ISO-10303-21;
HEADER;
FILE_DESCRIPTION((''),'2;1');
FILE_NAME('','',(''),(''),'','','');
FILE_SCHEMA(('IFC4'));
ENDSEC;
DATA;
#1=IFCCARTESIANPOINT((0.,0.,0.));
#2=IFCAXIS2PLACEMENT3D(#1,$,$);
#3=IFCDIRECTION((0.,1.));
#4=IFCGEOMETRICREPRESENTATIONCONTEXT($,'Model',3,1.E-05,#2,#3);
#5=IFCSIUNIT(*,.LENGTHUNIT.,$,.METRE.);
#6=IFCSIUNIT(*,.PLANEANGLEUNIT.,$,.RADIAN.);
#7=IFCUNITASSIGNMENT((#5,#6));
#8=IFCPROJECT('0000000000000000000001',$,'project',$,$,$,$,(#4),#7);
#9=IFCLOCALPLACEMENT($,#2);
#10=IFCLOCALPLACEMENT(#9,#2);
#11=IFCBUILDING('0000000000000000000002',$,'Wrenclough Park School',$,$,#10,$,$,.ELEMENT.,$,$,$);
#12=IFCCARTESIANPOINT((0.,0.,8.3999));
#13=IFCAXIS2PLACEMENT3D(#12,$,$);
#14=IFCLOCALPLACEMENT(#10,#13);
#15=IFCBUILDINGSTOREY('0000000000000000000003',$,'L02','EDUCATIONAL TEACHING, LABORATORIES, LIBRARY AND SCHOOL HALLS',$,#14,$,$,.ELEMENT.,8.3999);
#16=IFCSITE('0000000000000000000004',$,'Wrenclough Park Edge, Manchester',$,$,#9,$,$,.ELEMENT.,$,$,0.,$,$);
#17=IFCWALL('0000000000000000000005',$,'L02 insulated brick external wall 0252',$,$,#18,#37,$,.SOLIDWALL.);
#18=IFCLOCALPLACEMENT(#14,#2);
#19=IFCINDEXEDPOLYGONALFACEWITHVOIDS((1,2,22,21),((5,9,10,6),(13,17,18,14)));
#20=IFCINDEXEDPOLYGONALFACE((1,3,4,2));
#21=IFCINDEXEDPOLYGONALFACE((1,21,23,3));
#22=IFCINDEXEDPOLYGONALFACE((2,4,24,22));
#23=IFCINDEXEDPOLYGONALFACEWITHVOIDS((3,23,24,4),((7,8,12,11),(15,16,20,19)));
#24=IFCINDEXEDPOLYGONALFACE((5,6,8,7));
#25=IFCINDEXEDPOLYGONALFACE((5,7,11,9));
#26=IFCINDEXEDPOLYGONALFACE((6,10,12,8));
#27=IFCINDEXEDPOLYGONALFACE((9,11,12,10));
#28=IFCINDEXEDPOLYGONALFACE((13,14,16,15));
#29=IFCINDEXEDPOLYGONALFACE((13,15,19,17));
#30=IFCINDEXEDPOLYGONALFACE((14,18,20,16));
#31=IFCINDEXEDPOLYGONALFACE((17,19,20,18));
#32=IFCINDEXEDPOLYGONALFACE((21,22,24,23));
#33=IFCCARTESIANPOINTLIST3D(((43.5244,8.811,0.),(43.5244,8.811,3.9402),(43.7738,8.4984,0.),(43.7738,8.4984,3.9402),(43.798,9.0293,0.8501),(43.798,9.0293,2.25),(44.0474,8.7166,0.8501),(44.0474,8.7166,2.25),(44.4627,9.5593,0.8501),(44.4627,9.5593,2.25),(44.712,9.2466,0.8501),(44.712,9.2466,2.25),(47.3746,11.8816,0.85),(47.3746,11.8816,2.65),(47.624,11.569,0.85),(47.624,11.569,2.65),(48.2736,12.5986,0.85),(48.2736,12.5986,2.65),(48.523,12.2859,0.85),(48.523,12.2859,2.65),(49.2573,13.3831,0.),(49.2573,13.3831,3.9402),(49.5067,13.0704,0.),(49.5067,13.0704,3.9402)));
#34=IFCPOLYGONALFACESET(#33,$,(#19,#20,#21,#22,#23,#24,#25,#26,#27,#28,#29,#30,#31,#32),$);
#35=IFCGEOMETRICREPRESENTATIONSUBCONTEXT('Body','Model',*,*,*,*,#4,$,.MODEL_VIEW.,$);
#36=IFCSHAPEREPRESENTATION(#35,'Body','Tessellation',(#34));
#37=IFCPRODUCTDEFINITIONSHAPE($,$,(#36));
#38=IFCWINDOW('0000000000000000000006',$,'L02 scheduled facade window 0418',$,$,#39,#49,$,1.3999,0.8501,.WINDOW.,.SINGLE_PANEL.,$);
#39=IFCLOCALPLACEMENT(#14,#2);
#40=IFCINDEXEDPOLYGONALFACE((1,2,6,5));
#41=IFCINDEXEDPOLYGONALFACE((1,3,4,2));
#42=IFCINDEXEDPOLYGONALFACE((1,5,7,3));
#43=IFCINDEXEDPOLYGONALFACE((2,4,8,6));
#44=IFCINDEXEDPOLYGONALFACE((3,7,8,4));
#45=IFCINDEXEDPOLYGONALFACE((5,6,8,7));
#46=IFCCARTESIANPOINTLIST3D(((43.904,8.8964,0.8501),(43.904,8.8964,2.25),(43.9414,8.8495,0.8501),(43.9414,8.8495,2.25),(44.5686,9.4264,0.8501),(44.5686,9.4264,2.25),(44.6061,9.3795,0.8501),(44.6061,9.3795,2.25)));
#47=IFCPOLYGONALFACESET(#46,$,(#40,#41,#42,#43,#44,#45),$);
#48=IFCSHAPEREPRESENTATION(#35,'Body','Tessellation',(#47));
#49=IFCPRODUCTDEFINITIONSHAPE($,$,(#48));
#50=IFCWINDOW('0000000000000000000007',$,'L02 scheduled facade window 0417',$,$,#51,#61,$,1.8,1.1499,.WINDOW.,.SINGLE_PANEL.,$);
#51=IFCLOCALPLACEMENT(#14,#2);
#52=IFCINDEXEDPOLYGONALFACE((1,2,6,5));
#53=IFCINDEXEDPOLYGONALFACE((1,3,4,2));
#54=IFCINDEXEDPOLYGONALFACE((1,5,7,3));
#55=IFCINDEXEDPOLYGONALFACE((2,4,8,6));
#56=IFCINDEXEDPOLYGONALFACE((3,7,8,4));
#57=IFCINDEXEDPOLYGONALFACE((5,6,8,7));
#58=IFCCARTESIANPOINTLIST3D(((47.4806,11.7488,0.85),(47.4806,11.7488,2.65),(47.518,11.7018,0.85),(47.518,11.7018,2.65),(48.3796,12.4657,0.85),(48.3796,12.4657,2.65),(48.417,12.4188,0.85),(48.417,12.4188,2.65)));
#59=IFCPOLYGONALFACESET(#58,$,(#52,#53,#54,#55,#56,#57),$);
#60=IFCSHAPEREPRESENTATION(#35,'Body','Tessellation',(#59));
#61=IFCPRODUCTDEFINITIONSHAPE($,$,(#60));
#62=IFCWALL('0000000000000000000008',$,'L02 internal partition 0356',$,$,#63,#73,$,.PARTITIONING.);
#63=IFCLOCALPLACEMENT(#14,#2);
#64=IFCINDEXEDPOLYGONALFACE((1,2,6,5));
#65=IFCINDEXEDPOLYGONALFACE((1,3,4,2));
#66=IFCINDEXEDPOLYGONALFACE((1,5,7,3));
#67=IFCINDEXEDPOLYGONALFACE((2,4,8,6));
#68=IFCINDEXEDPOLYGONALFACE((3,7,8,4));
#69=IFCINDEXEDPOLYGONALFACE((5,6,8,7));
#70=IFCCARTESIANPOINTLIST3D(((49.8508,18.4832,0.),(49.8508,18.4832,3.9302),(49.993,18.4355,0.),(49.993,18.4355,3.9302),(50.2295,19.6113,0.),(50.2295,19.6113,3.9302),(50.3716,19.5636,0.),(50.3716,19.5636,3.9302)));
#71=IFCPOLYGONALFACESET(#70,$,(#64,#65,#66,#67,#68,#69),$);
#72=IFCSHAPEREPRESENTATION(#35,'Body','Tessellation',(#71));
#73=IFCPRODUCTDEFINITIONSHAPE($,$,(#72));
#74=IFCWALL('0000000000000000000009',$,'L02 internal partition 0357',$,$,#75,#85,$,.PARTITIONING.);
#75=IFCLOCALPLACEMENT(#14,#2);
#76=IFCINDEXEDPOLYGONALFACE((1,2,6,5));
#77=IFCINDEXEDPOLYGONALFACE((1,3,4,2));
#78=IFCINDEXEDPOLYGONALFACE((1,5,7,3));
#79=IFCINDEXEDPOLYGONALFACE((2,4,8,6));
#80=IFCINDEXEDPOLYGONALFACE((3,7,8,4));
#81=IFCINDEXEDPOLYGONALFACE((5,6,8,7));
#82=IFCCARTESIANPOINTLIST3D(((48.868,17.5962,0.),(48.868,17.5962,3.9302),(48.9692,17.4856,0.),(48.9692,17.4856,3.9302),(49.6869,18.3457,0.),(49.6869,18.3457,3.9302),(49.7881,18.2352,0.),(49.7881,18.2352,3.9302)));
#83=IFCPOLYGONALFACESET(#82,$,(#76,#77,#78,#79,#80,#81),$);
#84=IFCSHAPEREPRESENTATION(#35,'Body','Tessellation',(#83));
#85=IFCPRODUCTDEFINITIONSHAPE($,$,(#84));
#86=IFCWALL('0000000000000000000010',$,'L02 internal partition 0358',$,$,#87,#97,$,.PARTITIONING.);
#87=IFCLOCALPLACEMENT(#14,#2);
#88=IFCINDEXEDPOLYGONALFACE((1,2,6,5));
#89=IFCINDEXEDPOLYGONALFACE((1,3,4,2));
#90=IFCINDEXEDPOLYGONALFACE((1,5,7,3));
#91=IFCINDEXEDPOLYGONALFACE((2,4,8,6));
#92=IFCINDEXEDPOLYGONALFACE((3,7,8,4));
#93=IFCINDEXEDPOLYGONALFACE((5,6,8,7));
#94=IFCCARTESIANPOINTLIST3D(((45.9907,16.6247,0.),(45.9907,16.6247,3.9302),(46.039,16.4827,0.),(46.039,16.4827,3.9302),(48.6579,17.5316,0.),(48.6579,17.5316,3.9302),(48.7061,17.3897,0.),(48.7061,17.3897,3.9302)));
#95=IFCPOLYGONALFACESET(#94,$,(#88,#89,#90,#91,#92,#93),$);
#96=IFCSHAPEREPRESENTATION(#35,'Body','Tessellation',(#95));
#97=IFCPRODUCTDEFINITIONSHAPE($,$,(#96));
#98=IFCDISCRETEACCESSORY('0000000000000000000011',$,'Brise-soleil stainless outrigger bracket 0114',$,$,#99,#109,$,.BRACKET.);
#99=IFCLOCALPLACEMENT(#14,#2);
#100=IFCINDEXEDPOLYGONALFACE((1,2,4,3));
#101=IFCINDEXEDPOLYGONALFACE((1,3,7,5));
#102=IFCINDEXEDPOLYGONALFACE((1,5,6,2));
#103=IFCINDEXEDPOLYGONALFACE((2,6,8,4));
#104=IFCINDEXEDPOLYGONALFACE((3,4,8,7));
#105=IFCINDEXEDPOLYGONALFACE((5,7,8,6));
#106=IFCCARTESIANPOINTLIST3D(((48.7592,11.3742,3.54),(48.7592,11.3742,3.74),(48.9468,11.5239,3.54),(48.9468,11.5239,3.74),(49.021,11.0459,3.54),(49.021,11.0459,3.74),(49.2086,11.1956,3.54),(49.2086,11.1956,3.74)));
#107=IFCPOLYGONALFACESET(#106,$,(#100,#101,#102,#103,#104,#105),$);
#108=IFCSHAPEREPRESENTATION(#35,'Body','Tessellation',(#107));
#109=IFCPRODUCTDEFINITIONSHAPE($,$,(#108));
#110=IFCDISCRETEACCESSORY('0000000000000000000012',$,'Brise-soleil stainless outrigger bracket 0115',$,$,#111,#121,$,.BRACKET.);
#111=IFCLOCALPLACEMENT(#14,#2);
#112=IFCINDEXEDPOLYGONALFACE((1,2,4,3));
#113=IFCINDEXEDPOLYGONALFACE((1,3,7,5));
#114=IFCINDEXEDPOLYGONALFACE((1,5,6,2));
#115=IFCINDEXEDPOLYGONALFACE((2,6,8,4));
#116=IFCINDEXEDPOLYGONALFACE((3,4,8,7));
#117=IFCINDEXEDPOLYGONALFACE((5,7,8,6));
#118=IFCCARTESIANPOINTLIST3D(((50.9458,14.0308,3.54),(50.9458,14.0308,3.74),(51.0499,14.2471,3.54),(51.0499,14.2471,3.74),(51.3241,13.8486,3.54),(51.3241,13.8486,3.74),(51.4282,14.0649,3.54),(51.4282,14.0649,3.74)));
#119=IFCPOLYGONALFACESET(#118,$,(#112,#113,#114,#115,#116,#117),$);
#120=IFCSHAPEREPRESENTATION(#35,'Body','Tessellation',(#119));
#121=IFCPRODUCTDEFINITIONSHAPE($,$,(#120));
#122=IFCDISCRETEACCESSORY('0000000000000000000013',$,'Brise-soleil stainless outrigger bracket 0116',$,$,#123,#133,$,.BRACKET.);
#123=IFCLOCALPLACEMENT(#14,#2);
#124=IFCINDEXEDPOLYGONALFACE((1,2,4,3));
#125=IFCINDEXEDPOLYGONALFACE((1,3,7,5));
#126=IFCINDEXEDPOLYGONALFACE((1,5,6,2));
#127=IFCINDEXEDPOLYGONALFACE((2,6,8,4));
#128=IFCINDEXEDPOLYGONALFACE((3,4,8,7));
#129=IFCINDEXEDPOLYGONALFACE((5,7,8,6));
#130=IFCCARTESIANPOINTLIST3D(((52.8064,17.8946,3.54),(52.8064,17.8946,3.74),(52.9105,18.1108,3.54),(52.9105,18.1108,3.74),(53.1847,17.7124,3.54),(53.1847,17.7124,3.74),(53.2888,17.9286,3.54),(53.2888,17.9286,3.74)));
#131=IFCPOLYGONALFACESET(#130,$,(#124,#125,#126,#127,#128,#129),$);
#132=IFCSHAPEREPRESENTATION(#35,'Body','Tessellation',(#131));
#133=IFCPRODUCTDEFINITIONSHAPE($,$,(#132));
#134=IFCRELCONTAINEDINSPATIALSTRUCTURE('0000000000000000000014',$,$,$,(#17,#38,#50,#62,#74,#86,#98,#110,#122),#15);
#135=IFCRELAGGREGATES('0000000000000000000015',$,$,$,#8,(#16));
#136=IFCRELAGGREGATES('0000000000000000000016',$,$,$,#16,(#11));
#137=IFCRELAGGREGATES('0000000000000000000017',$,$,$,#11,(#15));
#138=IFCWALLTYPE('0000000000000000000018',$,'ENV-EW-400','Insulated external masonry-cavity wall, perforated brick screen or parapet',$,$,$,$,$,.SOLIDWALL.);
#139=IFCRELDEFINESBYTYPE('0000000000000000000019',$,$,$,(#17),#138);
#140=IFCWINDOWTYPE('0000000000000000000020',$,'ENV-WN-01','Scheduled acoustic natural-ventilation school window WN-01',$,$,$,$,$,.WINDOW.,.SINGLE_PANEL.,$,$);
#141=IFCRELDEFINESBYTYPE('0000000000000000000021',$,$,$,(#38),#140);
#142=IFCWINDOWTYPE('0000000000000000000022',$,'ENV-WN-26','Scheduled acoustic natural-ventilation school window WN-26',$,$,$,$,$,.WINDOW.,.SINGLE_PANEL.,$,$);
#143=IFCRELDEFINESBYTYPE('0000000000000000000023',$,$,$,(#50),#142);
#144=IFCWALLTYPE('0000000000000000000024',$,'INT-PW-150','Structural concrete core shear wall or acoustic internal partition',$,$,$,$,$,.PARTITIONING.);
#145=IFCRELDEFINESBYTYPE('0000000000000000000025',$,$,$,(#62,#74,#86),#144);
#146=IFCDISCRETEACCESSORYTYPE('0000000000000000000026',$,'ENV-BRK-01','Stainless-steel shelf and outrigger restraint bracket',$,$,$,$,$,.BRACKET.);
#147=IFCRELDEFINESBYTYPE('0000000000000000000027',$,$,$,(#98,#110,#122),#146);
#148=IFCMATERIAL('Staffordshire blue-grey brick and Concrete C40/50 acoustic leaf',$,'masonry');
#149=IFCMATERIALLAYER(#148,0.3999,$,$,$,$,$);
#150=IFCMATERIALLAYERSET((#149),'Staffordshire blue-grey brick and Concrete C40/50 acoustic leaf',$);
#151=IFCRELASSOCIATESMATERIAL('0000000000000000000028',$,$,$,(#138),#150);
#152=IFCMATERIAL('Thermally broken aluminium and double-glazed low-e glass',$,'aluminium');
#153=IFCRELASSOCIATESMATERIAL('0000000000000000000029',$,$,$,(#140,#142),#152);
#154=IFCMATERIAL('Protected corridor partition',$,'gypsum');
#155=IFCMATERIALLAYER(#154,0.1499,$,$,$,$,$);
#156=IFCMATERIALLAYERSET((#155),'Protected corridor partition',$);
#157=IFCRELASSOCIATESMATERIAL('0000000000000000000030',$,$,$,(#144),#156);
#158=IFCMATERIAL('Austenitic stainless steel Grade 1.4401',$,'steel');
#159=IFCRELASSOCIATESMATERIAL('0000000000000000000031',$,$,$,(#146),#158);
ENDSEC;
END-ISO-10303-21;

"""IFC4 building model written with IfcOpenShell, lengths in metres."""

from ifc_helpers import new_model, si_unit, direction, frame, frame_2d, origin, origin_2d, place, context, subcontext, project, spatial, rectangle, extrude, material, layer, layer_set, type_object, element, fill, save


model = new_model("IFC4")

# Units and contexts
model_context = context("Model", 3, precision=1e-05, world=origin(), true_north=direction((0.0, 1.0)))
body_context = subcontext(model_context, "Body", "Model", "MODEL_VIEW")
ifc_project = project(units=[si_unit("LENGTHUNIT", "METRE"), si_unit("PLANEANGLEUNIT", "RADIAN")], contexts=[model_context])

# Site, building, storey
site_placement = place(None, origin())
site = spatial("IfcSite", under=ifc_project, at=site_placement, Name="Wrenclough Park Edge, Manchester", CompositionType="ELEMENT", RefElevation=0.0)
building_placement = place(site_placement, origin())
building = spatial("IfcBuilding", under=site, at=building_placement, Name="Wrenclough Park School", CompositionType="ELEMENT")
storey_placement = place(building_placement, frame((0.0, 0.0, 8.3999)))
storey = spatial("IfcBuildingStorey", under=building, at=storey_placement, Name="L02", Description="EDUCATIONAL TEACHING, LABORATORIES, LIBRARY AND SCHOOL HALLS", CompositionType="ELEMENT", Elevation=8.3999)

# Wall, openings, windows
ifc_material_1 = material(Name="Staffordshire blue-grey brick and Concrete C40/50 acoustic leaf", Category="masonry")
ifc_layer_1 = layer(ifc_material_1, 0.3999)
ifc_layer_set_1 = layer_set([ifc_layer_1], Name="Staffordshire blue-grey brick and Concrete C40/50 acoustic leaf")
wall_type_1 = type_object("IfcWallType", Name="ENV-EW-400", Description="Insulated external masonry-cavity wall, perforated brick screen or parapet", PredefinedType="SOLIDWALL", material=ifc_layer_set_1)
wall_1_placement = place(storey_placement, frame((49.3821, 13.2268, 0.0), z_axis=(0.0, 0.0, 1.0), x_axis=(-0.78182, -0.623505, 0.0)))
wall_1 = element("IfcWall", 1, at=wall_1_placement, inside=storey, type_object=wall_type_1, Name="L02 insulated brick external wall 0252", PredefinedType="SOLIDWALL", context=body_context, shape_type="SweptSolid", body=[
    extrude(rectangle(XDim=7.3328, YDim=0.3999, at=frame_2d((3.6665, 0.0))), origin(), (0.0, 0.0, 1.0), 3.9402),
])
opening_1_placement = place(wall_1_placement, frame((1.2583, 0.0, 0.8501)))
opening_1 = element("IfcOpeningElement", 2, at=opening_1_placement, cuts=wall_1, PredefinedType="OPENING", context=body_context, shape_type="SweptSolid", body=[
    extrude(rectangle(XDim=1.1499, YDim=1.8, at=frame_2d((0.575, 0.8999))), frame((0.0, 0.21, 0.0), z_axis=(0.0, -1.0, 0.0), x_axis=(1.0, 0.0, 0.0)), (0.0, 0.0, 1.0), 0.4199),
])
opening_2_placement = place(wall_1_placement, frame((6.1328, 0.0, 0.8501)))
opening_2 = element("IfcOpeningElement", 3, at=opening_2_placement, cuts=wall_1, PredefinedType="OPENING", context=body_context, shape_type="SweptSolid", body=[
    extrude(rectangle(XDim=0.8501, YDim=1.3999, at=frame_2d((0.425, 0.7))), frame((0.0, 0.21, 0.0), z_axis=(0.0, -1.0, 0.0), x_axis=(1.0, 0.0, 0.0)), (0.0, 0.0, 1.0), 0.4199),
])
ifc_material_2 = material(Name="Thermally broken aluminium and double-glazed low-e glass", Category="aluminium")
window_type_1 = type_object("IfcWindowType", Name="ENV-WN-01", Description="Scheduled acoustic natural-ventilation school window WN-01", PartitioningType="SINGLE_PANEL", PredefinedType="WINDOW", material=ifc_material_2)
window_1_placement = place(opening_2_placement, origin())
window_1 = element("IfcWindow", 4, at=window_1_placement, inside=storey, type_object=window_type_1, Name="L02 scheduled facade window 0418", OverallHeight=1.3999, OverallWidth=0.8501, PartitioningType="SINGLE_PANEL", PredefinedType="WINDOW", context=body_context, shape_type="SweptSolid", body=[
    extrude(rectangle(XDim=0.8501, YDim=1.3999, at=frame_2d((0.425, 0.7))), frame((0.0, 0.03, 0.0), z_axis=(0.0, -1.0, 0.0), x_axis=(1.0, 0.0, 0.0)), (0.0, 0.0, 1.0), 0.0601),
])
fill(opening_2, window_1)
window_type_2 = type_object("IfcWindowType", Name="ENV-WN-26", Description="Scheduled acoustic natural-ventilation school window WN-26", PartitioningType="SINGLE_PANEL", PredefinedType="WINDOW", material=ifc_material_2)
window_2_placement = place(opening_1_placement, origin())
window_2 = element("IfcWindow", 5, at=window_2_placement, inside=storey, type_object=window_type_2, Name="L02 scheduled facade window 0417", OverallHeight=1.8, OverallWidth=1.1499, PartitioningType="SINGLE_PANEL", PredefinedType="WINDOW", context=body_context, shape_type="SweptSolid", body=[
    extrude(rectangle(XDim=1.1499, YDim=1.8, at=frame_2d((0.575, 0.8999))), frame((0.0, 0.03, 0.0), z_axis=(0.0, -1.0, 0.0), x_axis=(1.0, 0.0, 0.0)), (0.0, 0.0, 1.0), 0.0601),
])
fill(opening_1, window_2)

# Walls
ifc_material_3 = material(Name="Protected corridor partition", Category="gypsum")
ifc_layer_2 = layer(ifc_material_3, 0.1499)
ifc_layer_set_2 = layer_set([ifc_layer_2], Name="Protected corridor partition")
wall_type_2 = type_object("IfcWallType", Name="INT-PW-150", Description="Structural concrete core shear wall or acoustic internal partition", PredefinedType="PARTITIONING", material=ifc_layer_set_2)
wall_2_placement = place(storey_placement, frame((50.3005, 19.5874, 0.0), z_axis=(0.0, 0.0, 1.0), x_axis=(-0.318197, -0.948025, 0.0)))
element("IfcWall", 6, at=wall_2_placement, inside=storey, type_object=wall_type_2, Name="L02 internal partition 0356", PredefinedType="PARTITIONING", context=body_context, shape_type="SweptSolid", body=[
    extrude(rectangle(XDim=1.1899, YDim=0.1499, at=frame_2d((0.595, 0.0))), origin(), (0.0, 0.0, 1.0), 3.9302),
])
wall_3_placement = place(storey_placement, frame((49.7375, 18.2905, 0.0), z_axis=(0.0, 0.0, 1.0), x_axis=(-0.737647, -0.675187, 0.0)))
element("IfcWall", 7, at=wall_3_placement, inside=storey, type_object=wall_type_2, Name="L02 internal partition 0357", PredefinedType="PARTITIONING", context=body_context, shape_type="SweptSolid", body=[
    extrude(rectangle(XDim=1.1101, YDim=0.1499, at=frame_2d((0.5552, 0.0))), origin(), (0.0, 0.0, 1.0), 3.9302),
])
wall_4_placement = place(storey_placement, frame((48.6821, 17.4607, 0.0), z_axis=(0.0, 0.0, 1.0), x_axis=(-0.94676, -0.321942, 0.0)))
element("IfcWall", 8, at=wall_4_placement, inside=storey, type_object=wall_type_2, Name="L02 internal partition 0358", PredefinedType="PARTITIONING", context=body_context, shape_type="SweptSolid", body=[
    extrude(rectangle(XDim=2.8171, YDim=0.1499, at=frame_2d((1.4087, 0.0))), origin(), (0.0, 0.0, 1.0), 3.9302),
])

# Discrete accessories
ifc_material_4 = material(Name="Austenitic stainless steel Grade 1.4401", Category="steel")
discrete_accessory_type = type_object("IfcDiscreteAccessoryType", Name="ENV-BRK-01", Description="Stainless-steel shelf and outrigger restraint bracket", PredefinedType="BRACKET", material=ifc_material_4)
for number, where, z_axis, x_axis, name in (
    (9, (48.9839, 11.2849, 3.54), (0.0, 0.0, 1.0), (0.78183, 0.623492, 0.0), "Brise-soleil stainless outrigger bracket 0114"),
    (10, (51.187, 14.0479, 3.54), (0.0, 0.0, 1.0), (0.433872, 0.900974, 0.0), "Brise-soleil stainless outrigger bracket 0115"),
    (11, (53.0476, 17.9116, 3.54), (0.0, 0.0, 1.0), (0.433872, 0.900974, 0.0), "Brise-soleil stainless outrigger bracket 0116"),
):
    element("IfcDiscreteAccessory", number, at=place(storey_placement, frame(where, z_axis=z_axis, x_axis=x_axis)), inside=storey, type_object=discrete_accessory_type, Name=name, PredefinedType="BRACKET", context=body_context, shape_type="SweptSolid", body=[
        extrude(rectangle(XDim=0.24, YDim=0.4199, at=origin_2d()), origin(), (0.0, 0.0, 1.0), 0.2),
    ])

save(model, "model.ifc")
